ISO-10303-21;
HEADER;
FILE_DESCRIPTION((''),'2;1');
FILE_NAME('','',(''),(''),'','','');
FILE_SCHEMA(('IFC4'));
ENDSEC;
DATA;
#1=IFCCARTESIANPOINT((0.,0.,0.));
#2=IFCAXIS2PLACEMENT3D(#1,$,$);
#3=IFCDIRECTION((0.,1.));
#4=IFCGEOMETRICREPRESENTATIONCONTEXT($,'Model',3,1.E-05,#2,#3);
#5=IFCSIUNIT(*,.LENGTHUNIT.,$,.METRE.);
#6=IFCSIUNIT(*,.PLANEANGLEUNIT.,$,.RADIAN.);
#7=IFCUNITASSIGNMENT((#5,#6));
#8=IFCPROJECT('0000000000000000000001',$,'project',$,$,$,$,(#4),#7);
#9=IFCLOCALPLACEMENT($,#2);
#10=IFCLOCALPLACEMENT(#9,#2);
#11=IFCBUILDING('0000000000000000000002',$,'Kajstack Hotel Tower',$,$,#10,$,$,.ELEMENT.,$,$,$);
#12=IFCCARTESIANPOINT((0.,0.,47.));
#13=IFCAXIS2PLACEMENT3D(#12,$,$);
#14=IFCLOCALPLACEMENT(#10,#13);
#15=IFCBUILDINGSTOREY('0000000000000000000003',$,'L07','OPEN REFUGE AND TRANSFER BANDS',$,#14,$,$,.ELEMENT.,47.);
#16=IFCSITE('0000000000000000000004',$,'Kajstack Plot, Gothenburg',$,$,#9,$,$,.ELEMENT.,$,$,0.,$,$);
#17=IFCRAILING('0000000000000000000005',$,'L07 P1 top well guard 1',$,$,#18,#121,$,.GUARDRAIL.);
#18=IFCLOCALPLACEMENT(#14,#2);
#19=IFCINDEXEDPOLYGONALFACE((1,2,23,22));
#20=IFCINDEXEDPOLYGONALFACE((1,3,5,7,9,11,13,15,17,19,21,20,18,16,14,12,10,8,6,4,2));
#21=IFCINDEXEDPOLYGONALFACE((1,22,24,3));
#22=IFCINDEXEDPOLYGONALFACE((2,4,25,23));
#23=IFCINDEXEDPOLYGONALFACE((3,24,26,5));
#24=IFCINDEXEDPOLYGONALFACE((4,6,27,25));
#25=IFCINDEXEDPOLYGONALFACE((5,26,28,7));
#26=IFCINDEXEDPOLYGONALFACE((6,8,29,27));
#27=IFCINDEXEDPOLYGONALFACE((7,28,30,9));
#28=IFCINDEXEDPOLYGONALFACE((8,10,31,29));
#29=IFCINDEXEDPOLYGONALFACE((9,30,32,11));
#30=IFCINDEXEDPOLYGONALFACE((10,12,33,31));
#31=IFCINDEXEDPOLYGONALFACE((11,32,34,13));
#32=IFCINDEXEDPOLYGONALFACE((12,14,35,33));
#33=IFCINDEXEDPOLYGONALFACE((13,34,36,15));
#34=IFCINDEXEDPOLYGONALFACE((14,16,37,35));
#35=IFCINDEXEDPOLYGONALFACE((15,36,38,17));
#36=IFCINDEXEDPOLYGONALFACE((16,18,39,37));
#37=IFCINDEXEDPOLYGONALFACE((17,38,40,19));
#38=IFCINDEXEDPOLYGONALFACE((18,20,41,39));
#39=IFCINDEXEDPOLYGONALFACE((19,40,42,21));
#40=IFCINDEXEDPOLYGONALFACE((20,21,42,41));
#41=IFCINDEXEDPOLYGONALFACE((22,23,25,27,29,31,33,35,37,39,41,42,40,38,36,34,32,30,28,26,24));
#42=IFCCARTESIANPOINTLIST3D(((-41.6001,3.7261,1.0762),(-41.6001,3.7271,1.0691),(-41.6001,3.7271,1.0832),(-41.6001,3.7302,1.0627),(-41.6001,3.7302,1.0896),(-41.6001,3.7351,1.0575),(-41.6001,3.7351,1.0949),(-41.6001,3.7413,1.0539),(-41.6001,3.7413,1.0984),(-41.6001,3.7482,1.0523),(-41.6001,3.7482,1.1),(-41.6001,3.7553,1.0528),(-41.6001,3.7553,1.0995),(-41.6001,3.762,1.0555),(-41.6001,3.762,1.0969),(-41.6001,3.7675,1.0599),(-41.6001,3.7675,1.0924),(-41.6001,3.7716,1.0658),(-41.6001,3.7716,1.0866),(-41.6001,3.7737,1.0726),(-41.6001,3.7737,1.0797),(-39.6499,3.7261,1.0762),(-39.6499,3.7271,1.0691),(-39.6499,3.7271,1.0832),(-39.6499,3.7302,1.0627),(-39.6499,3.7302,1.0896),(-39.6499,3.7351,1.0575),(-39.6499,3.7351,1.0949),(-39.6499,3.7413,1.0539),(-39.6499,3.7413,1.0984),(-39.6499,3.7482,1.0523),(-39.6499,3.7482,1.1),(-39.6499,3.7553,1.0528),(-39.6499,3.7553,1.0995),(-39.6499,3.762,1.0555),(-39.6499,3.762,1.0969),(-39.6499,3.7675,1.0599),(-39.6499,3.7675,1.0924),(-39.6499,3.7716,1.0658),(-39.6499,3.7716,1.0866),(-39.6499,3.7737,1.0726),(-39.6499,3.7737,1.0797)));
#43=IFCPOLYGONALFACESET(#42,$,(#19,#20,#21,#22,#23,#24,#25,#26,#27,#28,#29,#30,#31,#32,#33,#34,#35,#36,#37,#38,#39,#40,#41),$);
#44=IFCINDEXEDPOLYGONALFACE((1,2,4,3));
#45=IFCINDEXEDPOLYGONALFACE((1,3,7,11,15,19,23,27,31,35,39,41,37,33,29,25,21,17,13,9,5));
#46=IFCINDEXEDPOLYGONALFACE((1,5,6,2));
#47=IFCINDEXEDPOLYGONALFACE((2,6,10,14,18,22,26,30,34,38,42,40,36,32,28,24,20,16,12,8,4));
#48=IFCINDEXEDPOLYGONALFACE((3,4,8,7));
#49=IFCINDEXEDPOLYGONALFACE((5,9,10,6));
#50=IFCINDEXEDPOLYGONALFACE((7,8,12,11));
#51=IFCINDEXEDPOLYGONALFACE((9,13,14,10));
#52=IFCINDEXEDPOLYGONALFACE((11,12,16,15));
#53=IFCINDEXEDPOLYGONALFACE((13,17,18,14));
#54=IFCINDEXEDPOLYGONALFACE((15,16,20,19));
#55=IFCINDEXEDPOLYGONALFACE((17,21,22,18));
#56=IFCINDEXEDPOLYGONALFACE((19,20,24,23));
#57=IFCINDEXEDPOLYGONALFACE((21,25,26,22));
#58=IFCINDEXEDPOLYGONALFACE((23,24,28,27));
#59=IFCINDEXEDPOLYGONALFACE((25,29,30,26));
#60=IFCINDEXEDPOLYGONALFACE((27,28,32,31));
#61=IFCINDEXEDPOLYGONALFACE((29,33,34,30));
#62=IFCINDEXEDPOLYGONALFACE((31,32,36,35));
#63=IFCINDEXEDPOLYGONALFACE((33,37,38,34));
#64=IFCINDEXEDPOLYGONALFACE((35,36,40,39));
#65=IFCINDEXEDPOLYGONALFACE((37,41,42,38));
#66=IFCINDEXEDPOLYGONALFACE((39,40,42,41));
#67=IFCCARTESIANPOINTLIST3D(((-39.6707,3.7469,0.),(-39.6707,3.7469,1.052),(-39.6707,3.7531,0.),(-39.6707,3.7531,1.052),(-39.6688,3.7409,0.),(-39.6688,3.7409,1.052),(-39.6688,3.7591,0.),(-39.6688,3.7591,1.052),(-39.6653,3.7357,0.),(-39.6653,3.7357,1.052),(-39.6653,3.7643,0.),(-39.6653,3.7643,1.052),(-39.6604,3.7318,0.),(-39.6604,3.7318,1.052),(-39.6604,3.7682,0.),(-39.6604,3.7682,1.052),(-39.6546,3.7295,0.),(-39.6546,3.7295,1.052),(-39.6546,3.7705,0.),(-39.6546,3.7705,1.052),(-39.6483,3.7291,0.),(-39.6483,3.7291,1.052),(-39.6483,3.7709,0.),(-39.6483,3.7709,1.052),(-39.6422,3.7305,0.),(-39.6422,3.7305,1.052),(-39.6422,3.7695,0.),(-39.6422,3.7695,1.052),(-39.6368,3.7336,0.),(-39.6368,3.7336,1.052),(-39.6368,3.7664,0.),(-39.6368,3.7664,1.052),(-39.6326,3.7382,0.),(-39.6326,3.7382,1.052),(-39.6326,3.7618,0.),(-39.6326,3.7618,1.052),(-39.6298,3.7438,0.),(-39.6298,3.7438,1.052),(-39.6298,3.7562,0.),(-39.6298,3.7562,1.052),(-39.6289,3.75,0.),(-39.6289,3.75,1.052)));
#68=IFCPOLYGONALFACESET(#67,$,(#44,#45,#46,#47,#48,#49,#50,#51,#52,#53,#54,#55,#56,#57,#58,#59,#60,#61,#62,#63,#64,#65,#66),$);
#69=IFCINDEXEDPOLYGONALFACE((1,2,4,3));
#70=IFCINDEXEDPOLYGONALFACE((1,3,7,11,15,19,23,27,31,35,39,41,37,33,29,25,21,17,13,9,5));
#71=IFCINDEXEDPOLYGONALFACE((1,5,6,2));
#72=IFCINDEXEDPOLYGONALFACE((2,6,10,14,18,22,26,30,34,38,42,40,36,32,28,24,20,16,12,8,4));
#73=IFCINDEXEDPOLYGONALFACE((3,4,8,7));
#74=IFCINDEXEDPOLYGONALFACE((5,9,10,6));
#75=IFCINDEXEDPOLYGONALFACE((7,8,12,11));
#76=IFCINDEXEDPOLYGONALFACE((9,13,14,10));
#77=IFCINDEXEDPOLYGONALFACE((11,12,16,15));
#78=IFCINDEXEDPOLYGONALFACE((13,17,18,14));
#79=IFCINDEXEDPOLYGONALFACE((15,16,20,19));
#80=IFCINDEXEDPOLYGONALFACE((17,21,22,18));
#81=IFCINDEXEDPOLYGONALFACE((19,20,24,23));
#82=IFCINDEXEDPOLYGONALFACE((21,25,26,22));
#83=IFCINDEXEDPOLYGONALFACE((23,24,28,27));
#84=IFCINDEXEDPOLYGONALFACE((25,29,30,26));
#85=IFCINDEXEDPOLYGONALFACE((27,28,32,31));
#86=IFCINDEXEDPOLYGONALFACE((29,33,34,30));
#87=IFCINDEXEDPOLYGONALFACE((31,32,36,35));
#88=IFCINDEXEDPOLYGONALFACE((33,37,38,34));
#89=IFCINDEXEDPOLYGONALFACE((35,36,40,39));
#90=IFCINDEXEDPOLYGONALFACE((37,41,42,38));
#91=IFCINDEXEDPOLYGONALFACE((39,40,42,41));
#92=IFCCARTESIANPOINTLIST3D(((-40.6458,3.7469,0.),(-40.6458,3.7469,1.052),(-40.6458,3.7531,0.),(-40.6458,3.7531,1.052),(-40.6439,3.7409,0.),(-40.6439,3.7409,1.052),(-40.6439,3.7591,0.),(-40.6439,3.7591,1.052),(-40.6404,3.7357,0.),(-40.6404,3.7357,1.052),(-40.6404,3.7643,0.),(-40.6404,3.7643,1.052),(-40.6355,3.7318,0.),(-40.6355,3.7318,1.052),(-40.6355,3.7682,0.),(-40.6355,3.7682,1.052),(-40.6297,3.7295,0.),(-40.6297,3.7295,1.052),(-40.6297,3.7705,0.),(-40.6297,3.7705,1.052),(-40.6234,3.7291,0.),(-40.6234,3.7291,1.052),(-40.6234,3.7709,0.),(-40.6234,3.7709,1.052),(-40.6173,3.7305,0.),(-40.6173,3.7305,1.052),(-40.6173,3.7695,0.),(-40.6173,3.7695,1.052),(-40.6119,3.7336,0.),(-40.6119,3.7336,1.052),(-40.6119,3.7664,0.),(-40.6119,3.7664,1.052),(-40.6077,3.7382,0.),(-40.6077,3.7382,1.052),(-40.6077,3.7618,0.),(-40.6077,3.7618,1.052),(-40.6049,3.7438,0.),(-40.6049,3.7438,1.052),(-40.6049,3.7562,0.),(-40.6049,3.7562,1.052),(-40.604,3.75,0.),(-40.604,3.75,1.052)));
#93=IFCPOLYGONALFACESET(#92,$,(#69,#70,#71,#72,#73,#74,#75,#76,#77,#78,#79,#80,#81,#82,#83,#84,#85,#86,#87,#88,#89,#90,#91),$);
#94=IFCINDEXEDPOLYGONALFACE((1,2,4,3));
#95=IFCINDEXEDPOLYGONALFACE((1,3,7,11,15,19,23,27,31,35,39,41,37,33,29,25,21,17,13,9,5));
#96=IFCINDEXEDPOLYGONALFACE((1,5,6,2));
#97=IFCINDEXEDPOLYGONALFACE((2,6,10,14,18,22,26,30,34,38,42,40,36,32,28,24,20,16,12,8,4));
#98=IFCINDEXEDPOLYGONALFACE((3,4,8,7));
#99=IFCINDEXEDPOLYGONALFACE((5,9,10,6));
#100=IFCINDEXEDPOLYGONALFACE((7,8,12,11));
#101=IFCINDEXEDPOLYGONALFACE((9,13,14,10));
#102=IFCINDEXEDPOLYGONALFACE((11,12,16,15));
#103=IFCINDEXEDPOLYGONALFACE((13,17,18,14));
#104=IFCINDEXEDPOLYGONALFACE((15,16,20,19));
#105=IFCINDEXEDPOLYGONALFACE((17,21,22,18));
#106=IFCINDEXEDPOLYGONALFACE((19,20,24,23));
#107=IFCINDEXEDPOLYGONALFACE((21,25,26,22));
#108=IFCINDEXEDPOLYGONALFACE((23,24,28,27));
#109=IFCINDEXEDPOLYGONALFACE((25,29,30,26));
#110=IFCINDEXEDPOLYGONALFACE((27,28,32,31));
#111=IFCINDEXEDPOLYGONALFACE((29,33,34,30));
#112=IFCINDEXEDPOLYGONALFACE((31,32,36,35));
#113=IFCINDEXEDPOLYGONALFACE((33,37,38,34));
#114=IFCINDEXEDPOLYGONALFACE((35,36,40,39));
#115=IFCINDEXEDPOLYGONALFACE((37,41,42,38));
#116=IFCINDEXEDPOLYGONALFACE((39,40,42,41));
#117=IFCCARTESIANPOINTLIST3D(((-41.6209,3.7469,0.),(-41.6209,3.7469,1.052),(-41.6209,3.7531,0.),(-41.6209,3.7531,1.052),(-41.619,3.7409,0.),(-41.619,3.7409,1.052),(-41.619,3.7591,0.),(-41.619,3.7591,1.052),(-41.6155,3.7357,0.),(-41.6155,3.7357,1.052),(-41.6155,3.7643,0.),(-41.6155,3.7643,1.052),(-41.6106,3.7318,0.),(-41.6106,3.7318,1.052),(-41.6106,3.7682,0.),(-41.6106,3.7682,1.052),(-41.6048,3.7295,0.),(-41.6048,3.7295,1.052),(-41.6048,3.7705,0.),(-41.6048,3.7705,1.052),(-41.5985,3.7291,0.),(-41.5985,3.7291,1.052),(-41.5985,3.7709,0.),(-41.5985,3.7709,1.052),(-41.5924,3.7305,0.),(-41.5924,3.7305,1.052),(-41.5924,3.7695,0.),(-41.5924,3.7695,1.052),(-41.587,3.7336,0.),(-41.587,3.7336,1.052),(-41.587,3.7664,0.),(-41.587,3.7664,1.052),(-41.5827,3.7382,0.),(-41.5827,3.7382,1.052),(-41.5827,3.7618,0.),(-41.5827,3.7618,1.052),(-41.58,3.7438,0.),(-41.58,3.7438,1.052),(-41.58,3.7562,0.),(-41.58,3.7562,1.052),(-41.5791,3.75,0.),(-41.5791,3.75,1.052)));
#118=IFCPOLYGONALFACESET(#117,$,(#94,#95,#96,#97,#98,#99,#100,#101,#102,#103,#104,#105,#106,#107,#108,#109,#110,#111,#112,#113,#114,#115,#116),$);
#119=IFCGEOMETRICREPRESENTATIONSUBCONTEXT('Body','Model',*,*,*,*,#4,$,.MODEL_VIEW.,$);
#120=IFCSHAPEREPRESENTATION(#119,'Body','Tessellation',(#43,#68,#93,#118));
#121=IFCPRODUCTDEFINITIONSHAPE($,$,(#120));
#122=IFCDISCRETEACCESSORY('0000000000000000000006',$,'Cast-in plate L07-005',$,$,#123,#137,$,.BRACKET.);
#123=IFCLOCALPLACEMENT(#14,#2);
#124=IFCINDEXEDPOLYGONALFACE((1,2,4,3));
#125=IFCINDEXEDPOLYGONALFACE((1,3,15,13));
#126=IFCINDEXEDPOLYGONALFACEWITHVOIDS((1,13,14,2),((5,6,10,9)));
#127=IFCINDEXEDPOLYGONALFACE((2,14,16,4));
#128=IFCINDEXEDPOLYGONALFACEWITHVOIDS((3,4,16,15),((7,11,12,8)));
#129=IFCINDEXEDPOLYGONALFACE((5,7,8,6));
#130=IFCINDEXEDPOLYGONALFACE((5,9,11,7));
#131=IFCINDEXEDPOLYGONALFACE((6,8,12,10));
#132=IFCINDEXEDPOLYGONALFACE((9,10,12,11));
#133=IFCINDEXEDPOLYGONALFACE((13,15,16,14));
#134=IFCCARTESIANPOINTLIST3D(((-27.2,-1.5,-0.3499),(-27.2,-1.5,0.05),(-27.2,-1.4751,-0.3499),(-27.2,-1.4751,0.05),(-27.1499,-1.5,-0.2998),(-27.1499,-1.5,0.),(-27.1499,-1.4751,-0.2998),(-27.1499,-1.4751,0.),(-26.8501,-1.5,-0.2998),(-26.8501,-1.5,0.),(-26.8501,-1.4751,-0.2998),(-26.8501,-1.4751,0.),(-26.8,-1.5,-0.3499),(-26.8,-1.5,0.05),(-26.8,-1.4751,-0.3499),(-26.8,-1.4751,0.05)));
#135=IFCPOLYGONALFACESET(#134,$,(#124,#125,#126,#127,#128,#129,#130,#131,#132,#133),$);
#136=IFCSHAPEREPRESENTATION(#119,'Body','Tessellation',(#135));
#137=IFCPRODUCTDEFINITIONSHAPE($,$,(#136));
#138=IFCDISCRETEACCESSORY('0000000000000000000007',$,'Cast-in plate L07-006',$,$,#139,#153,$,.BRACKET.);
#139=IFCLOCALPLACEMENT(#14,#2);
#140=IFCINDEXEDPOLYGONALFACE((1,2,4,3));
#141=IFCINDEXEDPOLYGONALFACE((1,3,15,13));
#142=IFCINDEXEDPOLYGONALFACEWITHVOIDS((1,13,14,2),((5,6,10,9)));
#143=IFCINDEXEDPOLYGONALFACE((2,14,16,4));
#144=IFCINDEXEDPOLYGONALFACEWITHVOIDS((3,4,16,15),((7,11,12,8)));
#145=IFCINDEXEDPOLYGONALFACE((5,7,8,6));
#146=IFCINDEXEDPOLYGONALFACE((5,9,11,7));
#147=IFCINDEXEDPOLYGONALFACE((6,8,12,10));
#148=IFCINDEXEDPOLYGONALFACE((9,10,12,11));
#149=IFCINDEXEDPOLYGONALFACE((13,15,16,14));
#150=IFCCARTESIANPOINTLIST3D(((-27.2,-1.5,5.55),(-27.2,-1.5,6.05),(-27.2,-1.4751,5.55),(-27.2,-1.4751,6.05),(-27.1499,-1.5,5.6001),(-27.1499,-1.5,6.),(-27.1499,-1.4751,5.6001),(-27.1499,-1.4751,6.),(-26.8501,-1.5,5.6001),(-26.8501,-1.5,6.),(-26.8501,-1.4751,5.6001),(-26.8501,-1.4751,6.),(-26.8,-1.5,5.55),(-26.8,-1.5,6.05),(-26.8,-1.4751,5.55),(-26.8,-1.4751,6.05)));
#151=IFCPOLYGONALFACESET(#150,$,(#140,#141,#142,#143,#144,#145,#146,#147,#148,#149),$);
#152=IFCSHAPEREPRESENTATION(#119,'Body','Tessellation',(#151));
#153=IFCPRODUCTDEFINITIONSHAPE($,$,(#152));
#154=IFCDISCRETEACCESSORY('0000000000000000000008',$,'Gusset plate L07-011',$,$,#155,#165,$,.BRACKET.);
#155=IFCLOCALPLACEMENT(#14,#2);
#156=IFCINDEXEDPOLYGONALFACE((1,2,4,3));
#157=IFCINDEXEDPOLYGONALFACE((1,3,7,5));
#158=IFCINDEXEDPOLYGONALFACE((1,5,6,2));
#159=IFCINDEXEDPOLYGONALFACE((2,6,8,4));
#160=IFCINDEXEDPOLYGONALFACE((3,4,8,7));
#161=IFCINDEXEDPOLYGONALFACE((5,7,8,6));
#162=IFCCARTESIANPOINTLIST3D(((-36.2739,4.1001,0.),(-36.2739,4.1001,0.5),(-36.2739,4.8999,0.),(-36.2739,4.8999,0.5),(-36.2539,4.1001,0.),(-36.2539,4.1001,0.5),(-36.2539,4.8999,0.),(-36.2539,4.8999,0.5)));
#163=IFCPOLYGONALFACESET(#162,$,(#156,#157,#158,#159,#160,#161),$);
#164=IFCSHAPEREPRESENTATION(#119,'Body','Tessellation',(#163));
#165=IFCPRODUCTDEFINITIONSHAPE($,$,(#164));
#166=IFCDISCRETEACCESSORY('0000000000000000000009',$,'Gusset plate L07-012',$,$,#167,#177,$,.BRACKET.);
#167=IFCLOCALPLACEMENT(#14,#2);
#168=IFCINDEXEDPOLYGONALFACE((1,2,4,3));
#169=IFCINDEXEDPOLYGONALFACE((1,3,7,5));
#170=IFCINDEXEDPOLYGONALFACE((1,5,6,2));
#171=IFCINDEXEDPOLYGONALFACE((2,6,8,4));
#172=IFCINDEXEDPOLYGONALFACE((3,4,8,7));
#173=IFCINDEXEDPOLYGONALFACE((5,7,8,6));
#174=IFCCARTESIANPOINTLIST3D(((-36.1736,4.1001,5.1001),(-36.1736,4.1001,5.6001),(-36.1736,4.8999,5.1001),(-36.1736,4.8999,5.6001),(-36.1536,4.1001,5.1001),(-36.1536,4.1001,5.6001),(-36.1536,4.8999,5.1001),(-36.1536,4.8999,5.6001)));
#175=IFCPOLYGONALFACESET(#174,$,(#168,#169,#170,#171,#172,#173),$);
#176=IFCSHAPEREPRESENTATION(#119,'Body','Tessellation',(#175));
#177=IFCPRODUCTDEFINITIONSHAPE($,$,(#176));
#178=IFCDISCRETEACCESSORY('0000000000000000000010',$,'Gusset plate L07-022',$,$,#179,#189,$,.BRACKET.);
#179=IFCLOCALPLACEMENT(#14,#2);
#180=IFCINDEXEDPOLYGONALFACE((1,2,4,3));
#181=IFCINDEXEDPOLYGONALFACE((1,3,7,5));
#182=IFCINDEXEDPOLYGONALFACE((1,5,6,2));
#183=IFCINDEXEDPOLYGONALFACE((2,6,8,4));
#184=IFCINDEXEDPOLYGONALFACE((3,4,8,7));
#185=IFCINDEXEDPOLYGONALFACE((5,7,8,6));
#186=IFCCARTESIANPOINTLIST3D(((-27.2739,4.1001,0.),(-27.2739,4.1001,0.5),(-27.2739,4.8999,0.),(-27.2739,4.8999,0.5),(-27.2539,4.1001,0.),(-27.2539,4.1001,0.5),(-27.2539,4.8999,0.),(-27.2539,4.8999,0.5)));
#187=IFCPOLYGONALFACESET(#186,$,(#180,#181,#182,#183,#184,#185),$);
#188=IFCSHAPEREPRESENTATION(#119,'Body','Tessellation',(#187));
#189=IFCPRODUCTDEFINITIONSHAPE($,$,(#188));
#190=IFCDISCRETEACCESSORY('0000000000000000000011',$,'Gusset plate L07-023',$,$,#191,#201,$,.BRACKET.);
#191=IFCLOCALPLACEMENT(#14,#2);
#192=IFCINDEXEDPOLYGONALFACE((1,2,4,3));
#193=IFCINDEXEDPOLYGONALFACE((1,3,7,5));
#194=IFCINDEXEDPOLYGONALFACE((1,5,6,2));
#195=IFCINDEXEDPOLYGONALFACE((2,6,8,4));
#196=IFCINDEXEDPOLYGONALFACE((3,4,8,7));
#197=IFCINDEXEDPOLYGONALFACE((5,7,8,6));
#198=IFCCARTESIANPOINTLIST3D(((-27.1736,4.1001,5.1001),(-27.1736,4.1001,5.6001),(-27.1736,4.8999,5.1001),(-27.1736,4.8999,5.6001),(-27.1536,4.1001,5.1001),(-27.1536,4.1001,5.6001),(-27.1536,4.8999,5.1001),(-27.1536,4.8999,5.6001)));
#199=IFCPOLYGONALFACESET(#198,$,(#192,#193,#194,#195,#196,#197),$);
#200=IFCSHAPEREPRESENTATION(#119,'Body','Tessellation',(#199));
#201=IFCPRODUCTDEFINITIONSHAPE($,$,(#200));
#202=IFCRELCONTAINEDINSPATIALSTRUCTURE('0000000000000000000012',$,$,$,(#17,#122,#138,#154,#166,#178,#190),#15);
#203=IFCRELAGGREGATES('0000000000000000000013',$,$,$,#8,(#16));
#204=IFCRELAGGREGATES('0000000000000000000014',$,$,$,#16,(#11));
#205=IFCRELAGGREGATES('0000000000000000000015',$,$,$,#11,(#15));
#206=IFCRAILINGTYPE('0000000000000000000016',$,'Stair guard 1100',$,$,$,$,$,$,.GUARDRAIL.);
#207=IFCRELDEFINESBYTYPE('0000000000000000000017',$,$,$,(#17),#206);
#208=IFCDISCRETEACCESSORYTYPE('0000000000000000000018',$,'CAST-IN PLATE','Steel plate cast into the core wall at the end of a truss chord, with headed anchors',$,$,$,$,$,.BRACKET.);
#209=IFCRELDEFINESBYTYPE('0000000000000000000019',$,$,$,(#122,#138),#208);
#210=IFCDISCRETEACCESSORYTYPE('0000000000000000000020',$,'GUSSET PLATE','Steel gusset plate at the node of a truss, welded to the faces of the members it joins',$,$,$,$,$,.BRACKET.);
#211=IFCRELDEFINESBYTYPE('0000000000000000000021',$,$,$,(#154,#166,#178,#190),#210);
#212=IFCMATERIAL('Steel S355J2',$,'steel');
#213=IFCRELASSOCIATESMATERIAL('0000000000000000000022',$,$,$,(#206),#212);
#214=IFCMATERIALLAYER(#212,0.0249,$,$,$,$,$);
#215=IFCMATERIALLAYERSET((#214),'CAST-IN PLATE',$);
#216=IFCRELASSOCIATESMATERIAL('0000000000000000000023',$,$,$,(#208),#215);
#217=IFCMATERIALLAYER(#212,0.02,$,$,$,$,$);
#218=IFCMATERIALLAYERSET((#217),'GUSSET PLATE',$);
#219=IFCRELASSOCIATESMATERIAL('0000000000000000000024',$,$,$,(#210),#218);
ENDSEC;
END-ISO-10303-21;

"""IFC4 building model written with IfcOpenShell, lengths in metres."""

from ifc_helpers import new_model, si_unit, direction, frame, origin, origin_2d, place, context, subcontext, project, spatial, polyline, circle, outline, extrude, material, layer, layer_set, type_object, element, save


model = new_model("IFC4")

# Units and contexts
model_context = context("Model", 3, precision=1e-05, world=origin(), true_north=direction((0.0, 1.0)))
body_context = subcontext(model_context, "Body", "Model", "MODEL_VIEW")
ifc_project = project(units=[si_unit("LENGTHUNIT", "METRE"), si_unit("PLANEANGLEUNIT", "RADIAN")], contexts=[model_context])

# Site, building, storey
site_placement = place(None, origin())
site = spatial("IfcSite", under=ifc_project, at=site_placement, Name="Kajstack Plot, Gothenburg", CompositionType="ELEMENT", RefElevation=0.0)
building_placement = place(site_placement, origin())
building = spatial("IfcBuilding", under=site, at=building_placement, Name="Kajstack Hotel Tower", CompositionType="ELEMENT")
storey_placement = place(building_placement, frame((0.0, 0.0, 47.0)))
storey = spatial("IfcBuildingStorey", under=building, at=storey_placement, Name="L07", Description="OPEN REFUGE AND TRANSFER BANDS", CompositionType="ELEMENT", Elevation=47.0)

# Shared definitions
ifc_material_1 = material(Name="Steel S355J2", Category="steel")

# Railing
railing_type = type_object("IfcRailingType", Name="Stair guard 1100", PredefinedType="GUARDRAIL", material=ifc_material_1)
railing_placement = place(storey_placement, frame((-39.6499, 3.75, 0.0)))
element("IfcRailing", 1, at=railing_placement, inside=storey, type_object=railing_type, Name="L07 P1 top well guard 1", PredefinedType="GUARDRAIL", context=body_context, shape_type="SweptSolid", body=[
    extrude(circle(Radius=0.0239, at=origin_2d()), frame((0.0, 0.0, 1.0762), z_axis=(-1.0, 0.0, 0.0), x_axis=(0.0, -1.0, 0.0)), (0.0, 0.0, 1.0), 1.9502),
    extrude(circle(Radius=0.021, at=origin_2d()), origin(), (0.0, 0.0, 1.0), 1.052),
    extrude(circle(Radius=0.021, at=origin_2d()), frame((-0.9751, 0.0, 0.0)), (0.0, 0.0, 1.0), 1.052),
    extrude(circle(Radius=0.021, at=origin_2d()), frame((-1.9502, 0.0, 0.0)), (0.0, 0.0, 1.0), 1.052),
])

# Discrete accessories
ifc_layer_1 = layer(ifc_material_1, 0.0249)
ifc_layer_set_1 = layer_set([ifc_layer_1], Name="CAST-IN PLATE")
discrete_accessory_type_1 = type_object("IfcDiscreteAccessoryType", Name="CAST-IN PLATE", Description="Steel plate cast into the core wall at the end of a truss chord, with headed anchors", PredefinedType="BRACKET", material=ifc_layer_set_1)
discrete_accessory_1_placement = place(storey_placement, frame((-27.0, -1.5, -0.1499), z_axis=(0.0, 1.0, 0.0), x_axis=(-1.0, 0.0, 0.0)))
element("IfcDiscreteAccessory", 2, at=discrete_accessory_1_placement, inside=storey, type_object=discrete_accessory_type_1, Name="Cast-in plate L07-005", PredefinedType="BRACKET", context=body_context, shape_type="SweptSolid", body=[
    extrude(outline(polyline([(-0.2, -0.2), (0.2, -0.2), (0.2, 0.2), (-0.2, 0.2), (-0.2, -0.2)]), holes=[polyline([(-0.1499, -0.1499), (-0.1499, 0.1499), (0.1499, 0.1499), (0.1499, -0.1499), (-0.1499, -0.1499)])]), origin(), (0.0, 0.0, 1.0), 0.0249),
])
discrete_accessory_2_placement = place(storey_placement, frame((-27.0, -1.5, 5.8), z_axis=(0.0, 1.0, 0.0), x_axis=(-1.0, 0.0, 0.0)))
element("IfcDiscreteAccessory", 3, at=discrete_accessory_2_placement, inside=storey, type_object=discrete_accessory_type_1, Name="Cast-in plate L07-006", PredefinedType="BRACKET", context=body_context, shape_type="SweptSolid", body=[
    extrude(outline(polyline([(-0.2, -0.25), (0.2, -0.25), (0.2, 0.25), (-0.2, 0.25), (-0.2, -0.25)]), holes=[polyline([(-0.1499, -0.2), (-0.1499, 0.2), (0.1499, 0.2), (0.1499, -0.2), (-0.1499, -0.2)])]), origin(), (0.0, 0.0, 1.0), 0.0249),
])
ifc_layer_2 = layer(ifc_material_1, 0.02)
ifc_layer_set_2 = layer_set([ifc_layer_2], Name="GUSSET PLATE")
discrete_accessory_type_2 = type_object("IfcDiscreteAccessoryType", Name="GUSSET PLATE", Description="Steel gusset plate at the node of a truss, welded to the faces of the members it joins", PredefinedType="BRACKET", material=ifc_layer_set_2)
for number, where, z_axis, x_axis, name in (
    (4, (-36.2739, 4.5, 0.0), (1.0, 0.0, 0.0), (0.0, 1.0, 0.0), "Gusset plate L07-011"),
    (5, (-36.1736, 4.5, 5.1001), (1.0, 0.0, 0.0), (0.0, 1.0, 0.0), "Gusset plate L07-012"),
    (6, (-27.2739, 4.5, 0.0), (1.0, 0.0, 0.0), (0.0, 1.0, 0.0), "Gusset plate L07-022"),
    (7, (-27.1736, 4.5, 5.1001), (1.0, 0.0, 0.0), (0.0, 1.0, 0.0), "Gusset plate L07-023"),
):
    element("IfcDiscreteAccessory", number, at=place(storey_placement, frame(where, z_axis=z_axis, x_axis=x_axis)), inside=storey, type_object=discrete_accessory_type_2, Name=name, PredefinedType="BRACKET", context=body_context, shape_type="SweptSolid", body=[
        extrude(outline(polyline([(-0.3999, 0.0), (0.3999, 0.0), (0.3999, 0.5), (-0.3999, 0.5), (-0.3999, 0.0)])), origin(), (0.0, 0.0, 1.0), 0.02),
    ])

save(model, "model.ifc")
